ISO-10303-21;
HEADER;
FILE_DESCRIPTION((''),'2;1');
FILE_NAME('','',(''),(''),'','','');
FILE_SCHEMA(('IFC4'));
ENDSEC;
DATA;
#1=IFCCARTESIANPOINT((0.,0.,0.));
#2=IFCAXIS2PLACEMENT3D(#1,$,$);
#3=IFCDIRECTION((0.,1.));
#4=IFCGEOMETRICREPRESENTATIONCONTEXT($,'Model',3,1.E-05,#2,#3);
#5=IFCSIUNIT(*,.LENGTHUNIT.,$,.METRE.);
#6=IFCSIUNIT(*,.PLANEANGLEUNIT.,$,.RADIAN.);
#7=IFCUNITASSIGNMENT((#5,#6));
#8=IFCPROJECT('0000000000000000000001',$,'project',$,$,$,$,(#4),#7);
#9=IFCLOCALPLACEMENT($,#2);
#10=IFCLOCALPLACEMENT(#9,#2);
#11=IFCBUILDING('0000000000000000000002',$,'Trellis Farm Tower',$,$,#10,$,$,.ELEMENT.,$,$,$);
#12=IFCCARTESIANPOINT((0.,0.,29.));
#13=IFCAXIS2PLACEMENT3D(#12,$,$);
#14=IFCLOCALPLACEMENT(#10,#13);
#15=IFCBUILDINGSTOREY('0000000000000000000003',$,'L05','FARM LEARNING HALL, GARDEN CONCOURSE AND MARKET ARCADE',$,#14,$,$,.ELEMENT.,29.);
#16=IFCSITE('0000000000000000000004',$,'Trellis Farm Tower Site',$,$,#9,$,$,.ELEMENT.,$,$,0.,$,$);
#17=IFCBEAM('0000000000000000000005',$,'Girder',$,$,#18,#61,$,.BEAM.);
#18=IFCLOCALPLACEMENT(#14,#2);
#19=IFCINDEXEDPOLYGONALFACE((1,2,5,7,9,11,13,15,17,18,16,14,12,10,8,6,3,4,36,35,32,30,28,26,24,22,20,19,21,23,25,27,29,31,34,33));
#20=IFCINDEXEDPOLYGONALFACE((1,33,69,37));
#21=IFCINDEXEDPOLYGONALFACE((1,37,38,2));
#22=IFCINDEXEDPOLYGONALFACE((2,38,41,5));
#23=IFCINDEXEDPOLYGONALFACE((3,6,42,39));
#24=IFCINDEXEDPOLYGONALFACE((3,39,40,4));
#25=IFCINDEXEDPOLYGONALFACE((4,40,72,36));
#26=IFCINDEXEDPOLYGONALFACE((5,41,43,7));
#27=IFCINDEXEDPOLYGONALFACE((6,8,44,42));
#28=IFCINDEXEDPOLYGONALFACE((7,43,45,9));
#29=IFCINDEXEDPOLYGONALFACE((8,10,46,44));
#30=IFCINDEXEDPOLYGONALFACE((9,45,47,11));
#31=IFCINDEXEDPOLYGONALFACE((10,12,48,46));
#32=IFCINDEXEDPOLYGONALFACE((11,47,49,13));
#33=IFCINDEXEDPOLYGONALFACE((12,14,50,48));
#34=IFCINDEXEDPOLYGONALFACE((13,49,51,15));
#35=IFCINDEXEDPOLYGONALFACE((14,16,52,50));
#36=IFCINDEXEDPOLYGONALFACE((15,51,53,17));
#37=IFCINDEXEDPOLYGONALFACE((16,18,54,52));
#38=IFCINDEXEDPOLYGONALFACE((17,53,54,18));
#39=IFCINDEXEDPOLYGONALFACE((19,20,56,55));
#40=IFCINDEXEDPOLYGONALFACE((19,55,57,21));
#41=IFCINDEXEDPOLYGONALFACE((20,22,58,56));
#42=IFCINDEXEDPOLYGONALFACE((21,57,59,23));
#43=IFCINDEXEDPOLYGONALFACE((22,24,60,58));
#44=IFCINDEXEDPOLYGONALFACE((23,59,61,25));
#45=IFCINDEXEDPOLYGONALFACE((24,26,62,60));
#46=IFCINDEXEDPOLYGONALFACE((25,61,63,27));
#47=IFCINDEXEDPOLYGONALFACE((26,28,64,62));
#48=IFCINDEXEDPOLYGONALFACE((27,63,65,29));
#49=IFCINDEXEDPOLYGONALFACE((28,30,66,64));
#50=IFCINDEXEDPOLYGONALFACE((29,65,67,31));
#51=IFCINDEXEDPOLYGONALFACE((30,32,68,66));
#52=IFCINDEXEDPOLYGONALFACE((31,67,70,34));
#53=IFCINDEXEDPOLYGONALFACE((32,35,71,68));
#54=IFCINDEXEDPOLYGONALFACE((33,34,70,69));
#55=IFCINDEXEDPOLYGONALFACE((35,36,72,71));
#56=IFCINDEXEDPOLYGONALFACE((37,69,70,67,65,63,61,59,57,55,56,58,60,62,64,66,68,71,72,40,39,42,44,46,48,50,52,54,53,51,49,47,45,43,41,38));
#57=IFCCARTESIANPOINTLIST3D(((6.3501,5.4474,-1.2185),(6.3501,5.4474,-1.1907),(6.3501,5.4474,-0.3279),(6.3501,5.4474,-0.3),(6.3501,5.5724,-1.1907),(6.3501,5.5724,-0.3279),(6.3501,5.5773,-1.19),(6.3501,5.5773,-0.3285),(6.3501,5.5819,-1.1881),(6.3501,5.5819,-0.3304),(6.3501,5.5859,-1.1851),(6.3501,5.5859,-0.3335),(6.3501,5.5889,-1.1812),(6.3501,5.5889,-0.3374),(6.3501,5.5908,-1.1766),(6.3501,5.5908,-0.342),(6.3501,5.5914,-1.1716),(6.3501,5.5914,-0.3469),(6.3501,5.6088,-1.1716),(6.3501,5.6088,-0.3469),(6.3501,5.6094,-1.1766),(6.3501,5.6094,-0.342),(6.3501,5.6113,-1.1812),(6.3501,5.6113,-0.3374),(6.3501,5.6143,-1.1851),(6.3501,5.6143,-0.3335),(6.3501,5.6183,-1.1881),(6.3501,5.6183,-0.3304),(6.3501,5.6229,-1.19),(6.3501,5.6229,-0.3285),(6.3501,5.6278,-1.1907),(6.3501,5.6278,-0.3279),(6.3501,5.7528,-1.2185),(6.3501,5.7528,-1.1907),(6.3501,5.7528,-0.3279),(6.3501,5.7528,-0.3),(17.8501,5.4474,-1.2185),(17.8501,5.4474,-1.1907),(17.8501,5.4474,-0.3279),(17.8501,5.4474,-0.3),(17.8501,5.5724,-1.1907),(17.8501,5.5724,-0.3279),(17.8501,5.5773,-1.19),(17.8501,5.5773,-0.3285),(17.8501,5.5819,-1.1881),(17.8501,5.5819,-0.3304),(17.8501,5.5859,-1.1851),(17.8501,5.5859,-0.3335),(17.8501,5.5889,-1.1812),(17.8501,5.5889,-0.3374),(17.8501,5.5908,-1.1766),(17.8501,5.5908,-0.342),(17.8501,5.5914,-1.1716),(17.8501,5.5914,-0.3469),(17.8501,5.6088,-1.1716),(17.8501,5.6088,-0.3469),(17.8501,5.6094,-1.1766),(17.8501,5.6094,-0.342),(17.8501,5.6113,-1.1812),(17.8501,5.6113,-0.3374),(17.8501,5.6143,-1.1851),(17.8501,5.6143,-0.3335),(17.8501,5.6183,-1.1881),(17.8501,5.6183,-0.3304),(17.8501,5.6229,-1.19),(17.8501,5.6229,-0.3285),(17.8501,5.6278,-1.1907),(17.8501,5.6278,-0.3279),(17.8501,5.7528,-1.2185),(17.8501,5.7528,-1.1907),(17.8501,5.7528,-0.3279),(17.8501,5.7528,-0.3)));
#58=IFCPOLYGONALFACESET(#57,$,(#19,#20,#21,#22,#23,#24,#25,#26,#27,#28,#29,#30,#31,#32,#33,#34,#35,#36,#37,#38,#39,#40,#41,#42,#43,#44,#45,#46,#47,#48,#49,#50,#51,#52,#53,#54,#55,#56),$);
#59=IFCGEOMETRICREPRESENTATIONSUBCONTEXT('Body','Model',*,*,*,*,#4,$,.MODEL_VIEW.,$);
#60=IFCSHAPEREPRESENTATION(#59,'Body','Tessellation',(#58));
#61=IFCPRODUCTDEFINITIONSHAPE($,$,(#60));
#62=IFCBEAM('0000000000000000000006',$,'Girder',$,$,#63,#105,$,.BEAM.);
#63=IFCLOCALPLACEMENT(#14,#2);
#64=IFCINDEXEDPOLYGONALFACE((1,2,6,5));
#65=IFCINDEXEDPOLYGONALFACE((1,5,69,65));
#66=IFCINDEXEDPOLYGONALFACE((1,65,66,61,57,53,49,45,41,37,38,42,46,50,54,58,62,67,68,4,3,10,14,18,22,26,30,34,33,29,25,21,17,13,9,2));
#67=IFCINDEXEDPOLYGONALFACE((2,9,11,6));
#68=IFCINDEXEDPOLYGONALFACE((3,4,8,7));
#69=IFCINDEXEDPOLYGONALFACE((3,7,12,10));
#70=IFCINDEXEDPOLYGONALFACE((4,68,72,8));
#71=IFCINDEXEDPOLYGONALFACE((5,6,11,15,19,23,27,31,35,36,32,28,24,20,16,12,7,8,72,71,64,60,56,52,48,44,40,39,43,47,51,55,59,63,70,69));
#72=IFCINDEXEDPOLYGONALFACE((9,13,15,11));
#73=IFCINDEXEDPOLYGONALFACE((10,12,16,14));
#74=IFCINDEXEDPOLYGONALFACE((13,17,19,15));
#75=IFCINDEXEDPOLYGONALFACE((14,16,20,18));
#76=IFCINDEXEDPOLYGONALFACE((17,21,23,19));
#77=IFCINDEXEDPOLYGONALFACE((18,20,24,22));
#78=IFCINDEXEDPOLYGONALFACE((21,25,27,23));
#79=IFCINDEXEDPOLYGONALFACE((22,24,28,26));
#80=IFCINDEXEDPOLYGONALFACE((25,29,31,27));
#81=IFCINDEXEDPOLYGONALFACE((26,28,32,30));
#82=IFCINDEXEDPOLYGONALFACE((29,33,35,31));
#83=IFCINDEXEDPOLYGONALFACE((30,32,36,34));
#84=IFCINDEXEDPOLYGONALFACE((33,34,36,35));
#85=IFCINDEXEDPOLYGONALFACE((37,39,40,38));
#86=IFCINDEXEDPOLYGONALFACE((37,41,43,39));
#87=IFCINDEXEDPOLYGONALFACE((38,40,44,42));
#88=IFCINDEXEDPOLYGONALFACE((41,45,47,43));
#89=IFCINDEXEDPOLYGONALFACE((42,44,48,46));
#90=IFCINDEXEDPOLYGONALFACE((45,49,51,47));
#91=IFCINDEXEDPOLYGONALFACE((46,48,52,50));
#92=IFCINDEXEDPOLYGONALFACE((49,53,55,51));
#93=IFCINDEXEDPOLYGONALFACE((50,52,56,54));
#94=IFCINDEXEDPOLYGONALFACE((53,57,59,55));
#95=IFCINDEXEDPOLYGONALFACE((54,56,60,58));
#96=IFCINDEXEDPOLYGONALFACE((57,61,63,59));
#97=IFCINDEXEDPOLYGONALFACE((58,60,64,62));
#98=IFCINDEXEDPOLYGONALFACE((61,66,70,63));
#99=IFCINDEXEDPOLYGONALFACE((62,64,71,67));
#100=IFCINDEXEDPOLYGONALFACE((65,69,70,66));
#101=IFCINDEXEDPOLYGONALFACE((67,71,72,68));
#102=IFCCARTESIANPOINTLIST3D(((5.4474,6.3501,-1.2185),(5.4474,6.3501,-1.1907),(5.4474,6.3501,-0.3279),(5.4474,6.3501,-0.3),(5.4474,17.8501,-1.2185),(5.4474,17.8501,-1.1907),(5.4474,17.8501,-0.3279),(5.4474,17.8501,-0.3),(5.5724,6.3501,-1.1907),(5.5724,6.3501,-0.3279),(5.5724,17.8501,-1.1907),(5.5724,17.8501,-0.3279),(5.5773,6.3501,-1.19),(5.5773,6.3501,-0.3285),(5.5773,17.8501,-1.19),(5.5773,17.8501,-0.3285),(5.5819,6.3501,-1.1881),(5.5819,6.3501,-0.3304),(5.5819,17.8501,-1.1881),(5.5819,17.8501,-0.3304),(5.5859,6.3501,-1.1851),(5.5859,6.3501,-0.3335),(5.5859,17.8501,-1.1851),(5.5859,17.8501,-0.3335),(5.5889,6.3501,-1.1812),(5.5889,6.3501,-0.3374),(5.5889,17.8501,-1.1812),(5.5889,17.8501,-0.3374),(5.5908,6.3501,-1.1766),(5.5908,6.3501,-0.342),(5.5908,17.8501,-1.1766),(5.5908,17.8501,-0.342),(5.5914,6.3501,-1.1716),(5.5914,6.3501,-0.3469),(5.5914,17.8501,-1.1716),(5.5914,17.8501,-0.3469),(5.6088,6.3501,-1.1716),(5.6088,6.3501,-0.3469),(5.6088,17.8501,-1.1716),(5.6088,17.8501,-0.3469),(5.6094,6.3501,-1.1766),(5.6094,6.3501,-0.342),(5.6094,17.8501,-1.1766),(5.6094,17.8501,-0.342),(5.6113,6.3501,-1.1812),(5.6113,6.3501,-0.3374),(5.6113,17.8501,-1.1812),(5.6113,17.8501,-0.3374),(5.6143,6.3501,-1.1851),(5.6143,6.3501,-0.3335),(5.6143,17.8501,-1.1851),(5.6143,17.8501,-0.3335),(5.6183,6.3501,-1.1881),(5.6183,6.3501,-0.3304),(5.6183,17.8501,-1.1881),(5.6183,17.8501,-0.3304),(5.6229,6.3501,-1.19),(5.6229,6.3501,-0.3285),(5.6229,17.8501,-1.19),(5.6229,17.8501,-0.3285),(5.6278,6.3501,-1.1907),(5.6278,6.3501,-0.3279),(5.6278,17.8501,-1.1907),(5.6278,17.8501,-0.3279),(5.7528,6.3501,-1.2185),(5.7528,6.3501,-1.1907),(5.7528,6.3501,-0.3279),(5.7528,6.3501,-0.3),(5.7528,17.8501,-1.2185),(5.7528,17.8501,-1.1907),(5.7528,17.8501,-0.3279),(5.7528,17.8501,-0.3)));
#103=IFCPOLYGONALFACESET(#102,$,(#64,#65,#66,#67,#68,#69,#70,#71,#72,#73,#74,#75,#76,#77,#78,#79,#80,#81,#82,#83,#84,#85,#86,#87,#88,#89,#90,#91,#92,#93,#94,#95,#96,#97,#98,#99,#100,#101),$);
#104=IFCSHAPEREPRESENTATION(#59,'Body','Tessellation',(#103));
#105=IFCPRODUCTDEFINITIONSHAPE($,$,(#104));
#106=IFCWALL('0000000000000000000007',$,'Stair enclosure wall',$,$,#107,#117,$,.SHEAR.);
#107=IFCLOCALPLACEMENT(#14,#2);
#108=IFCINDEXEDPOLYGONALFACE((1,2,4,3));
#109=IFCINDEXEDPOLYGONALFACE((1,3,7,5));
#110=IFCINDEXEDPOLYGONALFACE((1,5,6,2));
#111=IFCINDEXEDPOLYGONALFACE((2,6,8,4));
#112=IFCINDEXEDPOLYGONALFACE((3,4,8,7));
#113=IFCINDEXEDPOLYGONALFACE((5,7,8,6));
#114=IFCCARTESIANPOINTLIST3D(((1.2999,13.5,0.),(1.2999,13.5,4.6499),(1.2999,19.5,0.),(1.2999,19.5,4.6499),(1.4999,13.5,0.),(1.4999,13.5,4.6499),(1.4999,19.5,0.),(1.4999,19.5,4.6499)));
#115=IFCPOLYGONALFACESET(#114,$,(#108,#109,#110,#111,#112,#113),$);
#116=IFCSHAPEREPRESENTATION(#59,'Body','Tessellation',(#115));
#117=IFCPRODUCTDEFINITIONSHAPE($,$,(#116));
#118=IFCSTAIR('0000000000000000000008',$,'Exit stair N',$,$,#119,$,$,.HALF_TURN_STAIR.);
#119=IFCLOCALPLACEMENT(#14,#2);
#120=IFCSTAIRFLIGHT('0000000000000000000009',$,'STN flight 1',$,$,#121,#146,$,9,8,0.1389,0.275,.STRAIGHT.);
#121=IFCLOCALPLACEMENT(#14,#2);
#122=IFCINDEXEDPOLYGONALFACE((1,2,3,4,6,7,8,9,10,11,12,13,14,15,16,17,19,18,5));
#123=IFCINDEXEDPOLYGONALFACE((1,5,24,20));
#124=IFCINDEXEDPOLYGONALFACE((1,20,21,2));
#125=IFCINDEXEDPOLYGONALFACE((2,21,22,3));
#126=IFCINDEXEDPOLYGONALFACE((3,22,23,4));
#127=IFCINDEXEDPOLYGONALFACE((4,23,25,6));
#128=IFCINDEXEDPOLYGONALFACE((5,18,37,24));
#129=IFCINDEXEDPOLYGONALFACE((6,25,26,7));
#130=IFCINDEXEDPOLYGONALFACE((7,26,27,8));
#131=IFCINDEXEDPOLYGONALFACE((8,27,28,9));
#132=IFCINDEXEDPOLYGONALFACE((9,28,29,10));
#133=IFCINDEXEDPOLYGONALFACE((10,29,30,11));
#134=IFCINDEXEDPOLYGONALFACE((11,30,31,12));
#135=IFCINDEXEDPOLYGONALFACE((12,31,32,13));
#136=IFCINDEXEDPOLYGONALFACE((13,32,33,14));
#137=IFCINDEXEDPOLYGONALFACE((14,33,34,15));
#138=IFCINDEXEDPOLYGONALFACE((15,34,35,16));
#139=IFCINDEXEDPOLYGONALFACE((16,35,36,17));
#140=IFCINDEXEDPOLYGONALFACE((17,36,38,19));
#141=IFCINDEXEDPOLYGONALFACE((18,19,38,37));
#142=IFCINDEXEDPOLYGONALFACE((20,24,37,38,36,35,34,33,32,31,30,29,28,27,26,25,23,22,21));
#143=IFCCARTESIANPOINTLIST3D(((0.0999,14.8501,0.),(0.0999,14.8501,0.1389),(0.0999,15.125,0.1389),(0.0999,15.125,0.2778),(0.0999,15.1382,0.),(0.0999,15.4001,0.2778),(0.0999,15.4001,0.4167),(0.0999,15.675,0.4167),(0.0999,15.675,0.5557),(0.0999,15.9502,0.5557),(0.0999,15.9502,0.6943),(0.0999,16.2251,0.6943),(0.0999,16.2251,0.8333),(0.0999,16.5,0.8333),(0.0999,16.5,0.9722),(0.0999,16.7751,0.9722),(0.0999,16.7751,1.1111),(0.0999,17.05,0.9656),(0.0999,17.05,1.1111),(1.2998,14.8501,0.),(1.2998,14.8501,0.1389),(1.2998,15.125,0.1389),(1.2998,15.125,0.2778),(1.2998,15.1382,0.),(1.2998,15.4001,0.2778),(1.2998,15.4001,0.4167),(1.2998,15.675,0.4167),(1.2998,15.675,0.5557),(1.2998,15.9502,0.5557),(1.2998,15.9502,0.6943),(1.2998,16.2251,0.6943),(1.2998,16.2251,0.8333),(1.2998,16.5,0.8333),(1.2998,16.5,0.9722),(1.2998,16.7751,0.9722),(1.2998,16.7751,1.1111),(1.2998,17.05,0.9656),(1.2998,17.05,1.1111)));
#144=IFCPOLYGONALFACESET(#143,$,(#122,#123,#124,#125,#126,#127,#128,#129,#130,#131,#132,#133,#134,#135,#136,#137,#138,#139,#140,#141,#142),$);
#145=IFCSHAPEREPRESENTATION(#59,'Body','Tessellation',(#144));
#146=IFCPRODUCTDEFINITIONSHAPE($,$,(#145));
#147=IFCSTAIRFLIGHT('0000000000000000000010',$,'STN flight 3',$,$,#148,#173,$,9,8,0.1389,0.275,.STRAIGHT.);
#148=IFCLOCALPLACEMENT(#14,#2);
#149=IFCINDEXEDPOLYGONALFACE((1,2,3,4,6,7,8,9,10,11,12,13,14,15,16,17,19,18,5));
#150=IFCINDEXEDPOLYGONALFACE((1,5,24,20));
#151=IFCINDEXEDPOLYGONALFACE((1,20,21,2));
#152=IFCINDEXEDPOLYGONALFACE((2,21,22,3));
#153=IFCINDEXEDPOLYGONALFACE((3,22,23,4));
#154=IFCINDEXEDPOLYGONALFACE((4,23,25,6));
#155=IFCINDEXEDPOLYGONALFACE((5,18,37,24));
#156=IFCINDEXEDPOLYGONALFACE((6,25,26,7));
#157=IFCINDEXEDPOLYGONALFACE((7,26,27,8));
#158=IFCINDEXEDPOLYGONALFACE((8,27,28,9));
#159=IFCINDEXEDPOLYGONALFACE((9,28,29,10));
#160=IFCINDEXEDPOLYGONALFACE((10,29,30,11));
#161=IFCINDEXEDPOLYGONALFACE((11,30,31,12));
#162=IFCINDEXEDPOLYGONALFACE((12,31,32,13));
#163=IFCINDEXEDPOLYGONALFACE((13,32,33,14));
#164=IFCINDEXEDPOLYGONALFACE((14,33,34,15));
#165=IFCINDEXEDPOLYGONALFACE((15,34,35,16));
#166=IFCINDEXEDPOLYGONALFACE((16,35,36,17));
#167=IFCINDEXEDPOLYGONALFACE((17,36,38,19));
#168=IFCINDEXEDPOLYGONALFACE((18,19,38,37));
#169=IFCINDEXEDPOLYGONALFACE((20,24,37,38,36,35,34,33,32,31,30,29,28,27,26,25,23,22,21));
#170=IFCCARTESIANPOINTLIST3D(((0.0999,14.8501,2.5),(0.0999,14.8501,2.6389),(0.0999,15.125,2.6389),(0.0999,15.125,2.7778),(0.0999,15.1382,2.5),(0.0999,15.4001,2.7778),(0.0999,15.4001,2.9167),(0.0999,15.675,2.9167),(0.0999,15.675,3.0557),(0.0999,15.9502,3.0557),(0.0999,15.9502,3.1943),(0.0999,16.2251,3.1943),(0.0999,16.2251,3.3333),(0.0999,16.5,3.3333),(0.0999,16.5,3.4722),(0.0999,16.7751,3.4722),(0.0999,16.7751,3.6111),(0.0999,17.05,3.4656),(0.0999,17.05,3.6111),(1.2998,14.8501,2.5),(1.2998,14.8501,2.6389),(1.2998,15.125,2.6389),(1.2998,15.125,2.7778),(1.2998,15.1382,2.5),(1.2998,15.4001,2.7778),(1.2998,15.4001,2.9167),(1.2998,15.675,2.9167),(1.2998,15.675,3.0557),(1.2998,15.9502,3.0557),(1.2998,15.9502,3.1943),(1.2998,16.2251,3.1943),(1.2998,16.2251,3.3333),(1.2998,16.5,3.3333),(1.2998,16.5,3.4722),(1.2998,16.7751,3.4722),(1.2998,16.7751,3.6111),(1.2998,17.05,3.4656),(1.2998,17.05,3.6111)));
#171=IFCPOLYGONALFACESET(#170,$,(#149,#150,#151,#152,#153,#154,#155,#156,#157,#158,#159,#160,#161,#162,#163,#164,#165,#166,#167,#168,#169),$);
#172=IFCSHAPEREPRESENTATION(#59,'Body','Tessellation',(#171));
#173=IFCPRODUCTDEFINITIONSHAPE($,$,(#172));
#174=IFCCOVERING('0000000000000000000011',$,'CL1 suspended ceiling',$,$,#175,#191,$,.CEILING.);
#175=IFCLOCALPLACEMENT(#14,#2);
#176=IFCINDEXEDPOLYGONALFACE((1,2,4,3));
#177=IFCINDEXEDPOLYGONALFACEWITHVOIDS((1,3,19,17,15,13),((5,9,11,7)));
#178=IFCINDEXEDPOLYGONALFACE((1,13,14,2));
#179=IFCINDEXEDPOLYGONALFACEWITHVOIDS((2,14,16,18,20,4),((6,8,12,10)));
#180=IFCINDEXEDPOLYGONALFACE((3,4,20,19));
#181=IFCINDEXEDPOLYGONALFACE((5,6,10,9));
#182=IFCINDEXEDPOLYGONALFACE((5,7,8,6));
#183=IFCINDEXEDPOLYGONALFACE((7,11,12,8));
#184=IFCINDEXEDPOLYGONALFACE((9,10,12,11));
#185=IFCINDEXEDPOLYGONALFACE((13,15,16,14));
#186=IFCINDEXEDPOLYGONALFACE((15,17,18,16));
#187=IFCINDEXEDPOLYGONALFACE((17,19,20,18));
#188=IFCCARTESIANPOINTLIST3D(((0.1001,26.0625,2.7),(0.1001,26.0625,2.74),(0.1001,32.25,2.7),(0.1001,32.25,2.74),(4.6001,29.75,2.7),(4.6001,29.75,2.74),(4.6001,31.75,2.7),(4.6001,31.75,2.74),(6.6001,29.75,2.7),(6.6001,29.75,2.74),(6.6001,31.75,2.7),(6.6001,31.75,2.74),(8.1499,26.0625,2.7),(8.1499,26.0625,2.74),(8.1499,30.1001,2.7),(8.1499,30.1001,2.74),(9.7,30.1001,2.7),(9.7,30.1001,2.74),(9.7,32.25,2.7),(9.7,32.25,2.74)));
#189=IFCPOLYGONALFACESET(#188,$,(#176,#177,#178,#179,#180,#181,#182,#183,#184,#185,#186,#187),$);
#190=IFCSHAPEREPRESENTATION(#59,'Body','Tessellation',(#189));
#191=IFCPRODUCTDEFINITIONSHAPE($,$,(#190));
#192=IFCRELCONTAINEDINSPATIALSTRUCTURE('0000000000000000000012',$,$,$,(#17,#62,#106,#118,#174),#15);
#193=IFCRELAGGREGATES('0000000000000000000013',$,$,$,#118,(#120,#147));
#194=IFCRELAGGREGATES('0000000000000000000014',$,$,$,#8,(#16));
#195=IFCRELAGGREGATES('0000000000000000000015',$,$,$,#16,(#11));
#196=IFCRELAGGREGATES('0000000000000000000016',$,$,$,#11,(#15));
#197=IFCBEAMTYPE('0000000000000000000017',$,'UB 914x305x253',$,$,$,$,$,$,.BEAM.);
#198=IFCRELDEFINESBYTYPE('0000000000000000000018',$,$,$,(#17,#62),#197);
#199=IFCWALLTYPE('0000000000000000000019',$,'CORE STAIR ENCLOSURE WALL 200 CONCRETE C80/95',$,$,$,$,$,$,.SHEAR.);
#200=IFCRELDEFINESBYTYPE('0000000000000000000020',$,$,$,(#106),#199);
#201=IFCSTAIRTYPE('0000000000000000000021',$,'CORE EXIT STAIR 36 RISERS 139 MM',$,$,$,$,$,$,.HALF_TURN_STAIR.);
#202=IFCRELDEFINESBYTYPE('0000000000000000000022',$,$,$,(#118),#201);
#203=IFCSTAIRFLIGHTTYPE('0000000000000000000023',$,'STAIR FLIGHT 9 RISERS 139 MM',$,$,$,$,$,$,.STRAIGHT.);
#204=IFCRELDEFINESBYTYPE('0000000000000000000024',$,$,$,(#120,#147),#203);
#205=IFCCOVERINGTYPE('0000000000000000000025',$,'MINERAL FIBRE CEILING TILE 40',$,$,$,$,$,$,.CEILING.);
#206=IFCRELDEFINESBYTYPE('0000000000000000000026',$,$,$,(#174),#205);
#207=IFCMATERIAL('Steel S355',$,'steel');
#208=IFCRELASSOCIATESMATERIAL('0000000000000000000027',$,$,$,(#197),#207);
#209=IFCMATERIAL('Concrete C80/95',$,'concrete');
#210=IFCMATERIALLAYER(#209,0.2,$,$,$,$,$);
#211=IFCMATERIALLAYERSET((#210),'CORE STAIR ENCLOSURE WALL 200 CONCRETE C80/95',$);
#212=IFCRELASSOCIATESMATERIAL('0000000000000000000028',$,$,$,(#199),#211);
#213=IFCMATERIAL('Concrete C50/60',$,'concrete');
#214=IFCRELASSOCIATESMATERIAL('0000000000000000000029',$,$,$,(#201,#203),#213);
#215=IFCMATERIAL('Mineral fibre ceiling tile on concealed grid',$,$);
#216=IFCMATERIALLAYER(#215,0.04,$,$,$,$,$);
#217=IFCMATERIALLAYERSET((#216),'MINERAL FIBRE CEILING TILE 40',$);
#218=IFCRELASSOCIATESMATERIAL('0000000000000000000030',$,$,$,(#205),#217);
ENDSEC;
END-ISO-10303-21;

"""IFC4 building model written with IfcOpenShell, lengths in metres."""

from ifc_helpers import new_model, si_unit, direction, frame, frame_2d, origin, origin_2d, place, context, subcontext, project, spatial, polyline, rectangle, i_section, outline, extrude, source, transform, mapped, material, layer, layer_set, material_profile, profile_set, type_object, element, aggregate, save


model = new_model("IFC4")

# Units and contexts
model_context = context("Model", 3, precision=1e-05, world=origin(), true_north=direction((0.0, 1.0)))
body_context = subcontext(model_context, "Body", "Model", "MODEL_VIEW")
ifc_project = project(units=[si_unit("LENGTHUNIT", "METRE"), si_unit("PLANEANGLEUNIT", "RADIAN")], contexts=[model_context])

# Site, building, storey
site_placement = place(None, origin())
site = spatial("IfcSite", under=ifc_project, at=site_placement, Name="Trellis Farm Tower Site", CompositionType="ELEMENT", RefElevation=0.0)
building_placement = place(site_placement, origin())
building = spatial("IfcBuilding", under=site, at=building_placement, Name="Trellis Farm Tower", CompositionType="ELEMENT")
storey_placement = place(building_placement, frame((0.0, 0.0, 29.0)))
storey = spatial("IfcBuildingStorey", under=building, at=storey_placement, Name="L05", Description="FARM LEARNING HALL, GARDEN CONCOURSE AND MARKET ARCADE", CompositionType="ELEMENT", Elevation=29.0)

# Shared definitions
ifc_material_1 = material(Name="Concrete C80/95", Category="concrete")

# Beams
ifc_material_2 = material(Name="Steel S355", Category="steel")
ifc_material_profile_1 = material_profile(ifc_material_2, i_section(OverallWidth=0.3054, OverallDepth=0.9185, WebThickness=0.0173, FlangeThickness=0.0278, FilletRadius=0.019, at=origin_2d()), Name="UB 914x305x253")
ifc_profile_set_1 = profile_set([ifc_material_profile_1], Name="Steel S355")
beam_type_1 = type_object("IfcBeamType", Name="UB 914x305x253", PredefinedType="BEAM", material=ifc_profile_set_1)
shared_shape_1 = source(origin(), body_context, "Body", "SweptSolid", [
    extrude(i_section(OverallWidth=0.3054, OverallDepth=0.9185, WebThickness=0.0173, FlangeThickness=0.0278, FilletRadius=0.019, at=origin_2d()), origin(), (0.0, 0.0, 1.0), 11.5),
])
for number, where, z_axis, x_axis, name in (
    (1, (6.3501, 5.6001, -0.7593), (1.0, 0.0, 0.0), (0.0, 1.0, 0.0), "Girder"),
    (2, (5.6001, 6.3501, -0.7593), (0.0, 1.0, 0.0), (-1.0, 0.0, 0.0), "Girder"),
):
    element("IfcBeam", number, at=place(storey_placement, frame(where, z_axis=z_axis, x_axis=x_axis)), inside=storey, type_object=beam_type_1, Name=name, PredefinedType="BEAM", context=body_context, shape_type="MappedRepresentation", body=[
        mapped(shared_shape_1, transform((0.0, 0.0, 0.0))),
    ])

# Wall
ifc_layer_1 = layer(ifc_material_1, 0.2)
ifc_layer_set_1 = layer_set([ifc_layer_1], Name="CORE STAIR ENCLOSURE WALL 200 CONCRETE C80/95")
wall_type_1 = type_object("IfcWallType", Name="CORE STAIR ENCLOSURE WALL 200 CONCRETE C80/95", PredefinedType="SHEAR", material=ifc_layer_set_1)
shared_shape_2 = source(origin(), body_context, "Body", "SweptSolid", [
    extrude(rectangle(XDim=6.0, YDim=0.2, at=frame_2d((3.0, 0.0))), origin(), (0.0, 0.0, 1.0), 4.6499),
])
wall_1_placement = place(storey_placement, frame((1.3999, 13.5, 0.0), z_axis=(0.0, 0.0, 1.0), x_axis=(0.0, 1.0, 0.0)))
element("IfcWall", 3, at=wall_1_placement, inside=storey, type_object=wall_type_1, Name="Stair enclosure wall", PredefinedType="SHEAR", context=body_context, shape_type="MappedRepresentation", body=[
    mapped(shared_shape_2, transform((0.0, 0.0, 0.0))),
])

# Stair, stair flights
ifc_material_3 = material(Name="Concrete C50/60", Category="concrete")
stair_type = type_object("IfcStairType", Name="CORE EXIT STAIR 36 RISERS 139 MM", PredefinedType="HALF_TURN_STAIR", material=ifc_material_3)
stair_placement = place(storey_placement, origin())
stair = element("IfcStair", 4, at=stair_placement, inside=storey, type_object=stair_type, Name="Exit stair N", PredefinedType="HALF_TURN_STAIR")
stair_flight_type = type_object("IfcStairFlightType", Name="STAIR FLIGHT 9 RISERS 139 MM", PredefinedType="STRAIGHT", material=ifc_material_3)
shared_shape_3 = source(origin(), body_context, "Body", "SweptSolid", [
    extrude(outline(polyline([(0.0, 0.0), (0.0, 0.1389), (0.2749, 0.1389), (0.2749, 0.2778), (0.55, 0.2778), (0.55, 0.4167), (0.825, 0.4167), (0.825, 0.5557), (1.1001, 0.5557), (1.1001, 0.6943), (1.375, 0.6943), (1.375, 0.8333), (1.6499, 0.8333), (1.6499, 0.9722), (1.925, 0.9722), (1.925, 1.1111), (2.2, 1.1111), (2.2, 1.25), (2.2, 0.9656), (0.2881, 0.0), (0.0, 0.0)])), frame((0.0, 0.6001, 0.0), z_axis=(0.0, -1.0, 0.0), x_axis=(1.0, 0.0, 0.0)), (0.0, 0.0, 1.0), 1.2),
])
stair_flight_1_placement = place(storey_placement, frame((0.7, 14.8501, 0.0), z_axis=(0.0, 0.0, 1.0), x_axis=(0.0, 1.0, 0.0)))
stair_flight_1 = element("IfcStairFlight", 5, at=stair_flight_1_placement, type_object=stair_flight_type, Name="STN flight 1", NumberOfRisers=9, NumberOfTreads=8, PredefinedType="STRAIGHT", RiserHeight=0.1389, TreadLength=0.275, context=body_context, shape_type="MappedRepresentation", body=[
    mapped(shared_shape_3, transform((0.0, 0.0, 0.0))),
])
stair_flight_2_placement = place(storey_placement, frame((0.7, 14.8501, 2.5), z_axis=(0.0, 0.0, 1.0), x_axis=(0.0, 1.0, 0.0)))
stair_flight_2 = element("IfcStairFlight", 6, at=stair_flight_2_placement, type_object=stair_flight_type, Name="STN flight 3", NumberOfRisers=9, NumberOfTreads=8, PredefinedType="STRAIGHT", RiserHeight=0.1389, TreadLength=0.275, context=body_context, shape_type="MappedRepresentation", body=[
    mapped(shared_shape_3, transform((0.0, 0.0, 0.0))),
])
aggregate(stair, [stair_flight_1, stair_flight_2])

# Covering
ifc_material_4 = material(Name="Mineral fibre ceiling tile on concealed grid")
ifc_layer_2 = layer(ifc_material_4, 0.04)
ifc_layer_set_2 = layer_set([ifc_layer_2], Name="MINERAL FIBRE CEILING TILE 40")
covering_type = type_object("IfcCoveringType", Name="MINERAL FIBRE CEILING TILE 40", PredefinedType="CEILING", material=ifc_layer_set_2)
placement = place(storey_placement, frame((0.0, 0.0, 2.7)))
element("IfcCovering", 7, at=placement, inside=storey, type_object=covering_type, Name="CL1 suspended ceiling", PredefinedType="CEILING", context=body_context, shape_type="SweptSolid", body=[
    extrude(outline(polyline([(9.7, 30.1001), (8.1499, 30.1001), (8.1499, 26.0625), (0.1001, 26.0625), (0.1001, 32.25), (9.7, 32.25), (9.7, 30.1001)]), holes=[polyline([(4.6001, 29.75), (6.6001, 29.75), (6.6001, 31.75), (4.6001, 31.75), (4.6001, 29.75)])]), origin(), (0.0, 0.0, 1.0), 0.04),
])

save(model, "model.ifc")
